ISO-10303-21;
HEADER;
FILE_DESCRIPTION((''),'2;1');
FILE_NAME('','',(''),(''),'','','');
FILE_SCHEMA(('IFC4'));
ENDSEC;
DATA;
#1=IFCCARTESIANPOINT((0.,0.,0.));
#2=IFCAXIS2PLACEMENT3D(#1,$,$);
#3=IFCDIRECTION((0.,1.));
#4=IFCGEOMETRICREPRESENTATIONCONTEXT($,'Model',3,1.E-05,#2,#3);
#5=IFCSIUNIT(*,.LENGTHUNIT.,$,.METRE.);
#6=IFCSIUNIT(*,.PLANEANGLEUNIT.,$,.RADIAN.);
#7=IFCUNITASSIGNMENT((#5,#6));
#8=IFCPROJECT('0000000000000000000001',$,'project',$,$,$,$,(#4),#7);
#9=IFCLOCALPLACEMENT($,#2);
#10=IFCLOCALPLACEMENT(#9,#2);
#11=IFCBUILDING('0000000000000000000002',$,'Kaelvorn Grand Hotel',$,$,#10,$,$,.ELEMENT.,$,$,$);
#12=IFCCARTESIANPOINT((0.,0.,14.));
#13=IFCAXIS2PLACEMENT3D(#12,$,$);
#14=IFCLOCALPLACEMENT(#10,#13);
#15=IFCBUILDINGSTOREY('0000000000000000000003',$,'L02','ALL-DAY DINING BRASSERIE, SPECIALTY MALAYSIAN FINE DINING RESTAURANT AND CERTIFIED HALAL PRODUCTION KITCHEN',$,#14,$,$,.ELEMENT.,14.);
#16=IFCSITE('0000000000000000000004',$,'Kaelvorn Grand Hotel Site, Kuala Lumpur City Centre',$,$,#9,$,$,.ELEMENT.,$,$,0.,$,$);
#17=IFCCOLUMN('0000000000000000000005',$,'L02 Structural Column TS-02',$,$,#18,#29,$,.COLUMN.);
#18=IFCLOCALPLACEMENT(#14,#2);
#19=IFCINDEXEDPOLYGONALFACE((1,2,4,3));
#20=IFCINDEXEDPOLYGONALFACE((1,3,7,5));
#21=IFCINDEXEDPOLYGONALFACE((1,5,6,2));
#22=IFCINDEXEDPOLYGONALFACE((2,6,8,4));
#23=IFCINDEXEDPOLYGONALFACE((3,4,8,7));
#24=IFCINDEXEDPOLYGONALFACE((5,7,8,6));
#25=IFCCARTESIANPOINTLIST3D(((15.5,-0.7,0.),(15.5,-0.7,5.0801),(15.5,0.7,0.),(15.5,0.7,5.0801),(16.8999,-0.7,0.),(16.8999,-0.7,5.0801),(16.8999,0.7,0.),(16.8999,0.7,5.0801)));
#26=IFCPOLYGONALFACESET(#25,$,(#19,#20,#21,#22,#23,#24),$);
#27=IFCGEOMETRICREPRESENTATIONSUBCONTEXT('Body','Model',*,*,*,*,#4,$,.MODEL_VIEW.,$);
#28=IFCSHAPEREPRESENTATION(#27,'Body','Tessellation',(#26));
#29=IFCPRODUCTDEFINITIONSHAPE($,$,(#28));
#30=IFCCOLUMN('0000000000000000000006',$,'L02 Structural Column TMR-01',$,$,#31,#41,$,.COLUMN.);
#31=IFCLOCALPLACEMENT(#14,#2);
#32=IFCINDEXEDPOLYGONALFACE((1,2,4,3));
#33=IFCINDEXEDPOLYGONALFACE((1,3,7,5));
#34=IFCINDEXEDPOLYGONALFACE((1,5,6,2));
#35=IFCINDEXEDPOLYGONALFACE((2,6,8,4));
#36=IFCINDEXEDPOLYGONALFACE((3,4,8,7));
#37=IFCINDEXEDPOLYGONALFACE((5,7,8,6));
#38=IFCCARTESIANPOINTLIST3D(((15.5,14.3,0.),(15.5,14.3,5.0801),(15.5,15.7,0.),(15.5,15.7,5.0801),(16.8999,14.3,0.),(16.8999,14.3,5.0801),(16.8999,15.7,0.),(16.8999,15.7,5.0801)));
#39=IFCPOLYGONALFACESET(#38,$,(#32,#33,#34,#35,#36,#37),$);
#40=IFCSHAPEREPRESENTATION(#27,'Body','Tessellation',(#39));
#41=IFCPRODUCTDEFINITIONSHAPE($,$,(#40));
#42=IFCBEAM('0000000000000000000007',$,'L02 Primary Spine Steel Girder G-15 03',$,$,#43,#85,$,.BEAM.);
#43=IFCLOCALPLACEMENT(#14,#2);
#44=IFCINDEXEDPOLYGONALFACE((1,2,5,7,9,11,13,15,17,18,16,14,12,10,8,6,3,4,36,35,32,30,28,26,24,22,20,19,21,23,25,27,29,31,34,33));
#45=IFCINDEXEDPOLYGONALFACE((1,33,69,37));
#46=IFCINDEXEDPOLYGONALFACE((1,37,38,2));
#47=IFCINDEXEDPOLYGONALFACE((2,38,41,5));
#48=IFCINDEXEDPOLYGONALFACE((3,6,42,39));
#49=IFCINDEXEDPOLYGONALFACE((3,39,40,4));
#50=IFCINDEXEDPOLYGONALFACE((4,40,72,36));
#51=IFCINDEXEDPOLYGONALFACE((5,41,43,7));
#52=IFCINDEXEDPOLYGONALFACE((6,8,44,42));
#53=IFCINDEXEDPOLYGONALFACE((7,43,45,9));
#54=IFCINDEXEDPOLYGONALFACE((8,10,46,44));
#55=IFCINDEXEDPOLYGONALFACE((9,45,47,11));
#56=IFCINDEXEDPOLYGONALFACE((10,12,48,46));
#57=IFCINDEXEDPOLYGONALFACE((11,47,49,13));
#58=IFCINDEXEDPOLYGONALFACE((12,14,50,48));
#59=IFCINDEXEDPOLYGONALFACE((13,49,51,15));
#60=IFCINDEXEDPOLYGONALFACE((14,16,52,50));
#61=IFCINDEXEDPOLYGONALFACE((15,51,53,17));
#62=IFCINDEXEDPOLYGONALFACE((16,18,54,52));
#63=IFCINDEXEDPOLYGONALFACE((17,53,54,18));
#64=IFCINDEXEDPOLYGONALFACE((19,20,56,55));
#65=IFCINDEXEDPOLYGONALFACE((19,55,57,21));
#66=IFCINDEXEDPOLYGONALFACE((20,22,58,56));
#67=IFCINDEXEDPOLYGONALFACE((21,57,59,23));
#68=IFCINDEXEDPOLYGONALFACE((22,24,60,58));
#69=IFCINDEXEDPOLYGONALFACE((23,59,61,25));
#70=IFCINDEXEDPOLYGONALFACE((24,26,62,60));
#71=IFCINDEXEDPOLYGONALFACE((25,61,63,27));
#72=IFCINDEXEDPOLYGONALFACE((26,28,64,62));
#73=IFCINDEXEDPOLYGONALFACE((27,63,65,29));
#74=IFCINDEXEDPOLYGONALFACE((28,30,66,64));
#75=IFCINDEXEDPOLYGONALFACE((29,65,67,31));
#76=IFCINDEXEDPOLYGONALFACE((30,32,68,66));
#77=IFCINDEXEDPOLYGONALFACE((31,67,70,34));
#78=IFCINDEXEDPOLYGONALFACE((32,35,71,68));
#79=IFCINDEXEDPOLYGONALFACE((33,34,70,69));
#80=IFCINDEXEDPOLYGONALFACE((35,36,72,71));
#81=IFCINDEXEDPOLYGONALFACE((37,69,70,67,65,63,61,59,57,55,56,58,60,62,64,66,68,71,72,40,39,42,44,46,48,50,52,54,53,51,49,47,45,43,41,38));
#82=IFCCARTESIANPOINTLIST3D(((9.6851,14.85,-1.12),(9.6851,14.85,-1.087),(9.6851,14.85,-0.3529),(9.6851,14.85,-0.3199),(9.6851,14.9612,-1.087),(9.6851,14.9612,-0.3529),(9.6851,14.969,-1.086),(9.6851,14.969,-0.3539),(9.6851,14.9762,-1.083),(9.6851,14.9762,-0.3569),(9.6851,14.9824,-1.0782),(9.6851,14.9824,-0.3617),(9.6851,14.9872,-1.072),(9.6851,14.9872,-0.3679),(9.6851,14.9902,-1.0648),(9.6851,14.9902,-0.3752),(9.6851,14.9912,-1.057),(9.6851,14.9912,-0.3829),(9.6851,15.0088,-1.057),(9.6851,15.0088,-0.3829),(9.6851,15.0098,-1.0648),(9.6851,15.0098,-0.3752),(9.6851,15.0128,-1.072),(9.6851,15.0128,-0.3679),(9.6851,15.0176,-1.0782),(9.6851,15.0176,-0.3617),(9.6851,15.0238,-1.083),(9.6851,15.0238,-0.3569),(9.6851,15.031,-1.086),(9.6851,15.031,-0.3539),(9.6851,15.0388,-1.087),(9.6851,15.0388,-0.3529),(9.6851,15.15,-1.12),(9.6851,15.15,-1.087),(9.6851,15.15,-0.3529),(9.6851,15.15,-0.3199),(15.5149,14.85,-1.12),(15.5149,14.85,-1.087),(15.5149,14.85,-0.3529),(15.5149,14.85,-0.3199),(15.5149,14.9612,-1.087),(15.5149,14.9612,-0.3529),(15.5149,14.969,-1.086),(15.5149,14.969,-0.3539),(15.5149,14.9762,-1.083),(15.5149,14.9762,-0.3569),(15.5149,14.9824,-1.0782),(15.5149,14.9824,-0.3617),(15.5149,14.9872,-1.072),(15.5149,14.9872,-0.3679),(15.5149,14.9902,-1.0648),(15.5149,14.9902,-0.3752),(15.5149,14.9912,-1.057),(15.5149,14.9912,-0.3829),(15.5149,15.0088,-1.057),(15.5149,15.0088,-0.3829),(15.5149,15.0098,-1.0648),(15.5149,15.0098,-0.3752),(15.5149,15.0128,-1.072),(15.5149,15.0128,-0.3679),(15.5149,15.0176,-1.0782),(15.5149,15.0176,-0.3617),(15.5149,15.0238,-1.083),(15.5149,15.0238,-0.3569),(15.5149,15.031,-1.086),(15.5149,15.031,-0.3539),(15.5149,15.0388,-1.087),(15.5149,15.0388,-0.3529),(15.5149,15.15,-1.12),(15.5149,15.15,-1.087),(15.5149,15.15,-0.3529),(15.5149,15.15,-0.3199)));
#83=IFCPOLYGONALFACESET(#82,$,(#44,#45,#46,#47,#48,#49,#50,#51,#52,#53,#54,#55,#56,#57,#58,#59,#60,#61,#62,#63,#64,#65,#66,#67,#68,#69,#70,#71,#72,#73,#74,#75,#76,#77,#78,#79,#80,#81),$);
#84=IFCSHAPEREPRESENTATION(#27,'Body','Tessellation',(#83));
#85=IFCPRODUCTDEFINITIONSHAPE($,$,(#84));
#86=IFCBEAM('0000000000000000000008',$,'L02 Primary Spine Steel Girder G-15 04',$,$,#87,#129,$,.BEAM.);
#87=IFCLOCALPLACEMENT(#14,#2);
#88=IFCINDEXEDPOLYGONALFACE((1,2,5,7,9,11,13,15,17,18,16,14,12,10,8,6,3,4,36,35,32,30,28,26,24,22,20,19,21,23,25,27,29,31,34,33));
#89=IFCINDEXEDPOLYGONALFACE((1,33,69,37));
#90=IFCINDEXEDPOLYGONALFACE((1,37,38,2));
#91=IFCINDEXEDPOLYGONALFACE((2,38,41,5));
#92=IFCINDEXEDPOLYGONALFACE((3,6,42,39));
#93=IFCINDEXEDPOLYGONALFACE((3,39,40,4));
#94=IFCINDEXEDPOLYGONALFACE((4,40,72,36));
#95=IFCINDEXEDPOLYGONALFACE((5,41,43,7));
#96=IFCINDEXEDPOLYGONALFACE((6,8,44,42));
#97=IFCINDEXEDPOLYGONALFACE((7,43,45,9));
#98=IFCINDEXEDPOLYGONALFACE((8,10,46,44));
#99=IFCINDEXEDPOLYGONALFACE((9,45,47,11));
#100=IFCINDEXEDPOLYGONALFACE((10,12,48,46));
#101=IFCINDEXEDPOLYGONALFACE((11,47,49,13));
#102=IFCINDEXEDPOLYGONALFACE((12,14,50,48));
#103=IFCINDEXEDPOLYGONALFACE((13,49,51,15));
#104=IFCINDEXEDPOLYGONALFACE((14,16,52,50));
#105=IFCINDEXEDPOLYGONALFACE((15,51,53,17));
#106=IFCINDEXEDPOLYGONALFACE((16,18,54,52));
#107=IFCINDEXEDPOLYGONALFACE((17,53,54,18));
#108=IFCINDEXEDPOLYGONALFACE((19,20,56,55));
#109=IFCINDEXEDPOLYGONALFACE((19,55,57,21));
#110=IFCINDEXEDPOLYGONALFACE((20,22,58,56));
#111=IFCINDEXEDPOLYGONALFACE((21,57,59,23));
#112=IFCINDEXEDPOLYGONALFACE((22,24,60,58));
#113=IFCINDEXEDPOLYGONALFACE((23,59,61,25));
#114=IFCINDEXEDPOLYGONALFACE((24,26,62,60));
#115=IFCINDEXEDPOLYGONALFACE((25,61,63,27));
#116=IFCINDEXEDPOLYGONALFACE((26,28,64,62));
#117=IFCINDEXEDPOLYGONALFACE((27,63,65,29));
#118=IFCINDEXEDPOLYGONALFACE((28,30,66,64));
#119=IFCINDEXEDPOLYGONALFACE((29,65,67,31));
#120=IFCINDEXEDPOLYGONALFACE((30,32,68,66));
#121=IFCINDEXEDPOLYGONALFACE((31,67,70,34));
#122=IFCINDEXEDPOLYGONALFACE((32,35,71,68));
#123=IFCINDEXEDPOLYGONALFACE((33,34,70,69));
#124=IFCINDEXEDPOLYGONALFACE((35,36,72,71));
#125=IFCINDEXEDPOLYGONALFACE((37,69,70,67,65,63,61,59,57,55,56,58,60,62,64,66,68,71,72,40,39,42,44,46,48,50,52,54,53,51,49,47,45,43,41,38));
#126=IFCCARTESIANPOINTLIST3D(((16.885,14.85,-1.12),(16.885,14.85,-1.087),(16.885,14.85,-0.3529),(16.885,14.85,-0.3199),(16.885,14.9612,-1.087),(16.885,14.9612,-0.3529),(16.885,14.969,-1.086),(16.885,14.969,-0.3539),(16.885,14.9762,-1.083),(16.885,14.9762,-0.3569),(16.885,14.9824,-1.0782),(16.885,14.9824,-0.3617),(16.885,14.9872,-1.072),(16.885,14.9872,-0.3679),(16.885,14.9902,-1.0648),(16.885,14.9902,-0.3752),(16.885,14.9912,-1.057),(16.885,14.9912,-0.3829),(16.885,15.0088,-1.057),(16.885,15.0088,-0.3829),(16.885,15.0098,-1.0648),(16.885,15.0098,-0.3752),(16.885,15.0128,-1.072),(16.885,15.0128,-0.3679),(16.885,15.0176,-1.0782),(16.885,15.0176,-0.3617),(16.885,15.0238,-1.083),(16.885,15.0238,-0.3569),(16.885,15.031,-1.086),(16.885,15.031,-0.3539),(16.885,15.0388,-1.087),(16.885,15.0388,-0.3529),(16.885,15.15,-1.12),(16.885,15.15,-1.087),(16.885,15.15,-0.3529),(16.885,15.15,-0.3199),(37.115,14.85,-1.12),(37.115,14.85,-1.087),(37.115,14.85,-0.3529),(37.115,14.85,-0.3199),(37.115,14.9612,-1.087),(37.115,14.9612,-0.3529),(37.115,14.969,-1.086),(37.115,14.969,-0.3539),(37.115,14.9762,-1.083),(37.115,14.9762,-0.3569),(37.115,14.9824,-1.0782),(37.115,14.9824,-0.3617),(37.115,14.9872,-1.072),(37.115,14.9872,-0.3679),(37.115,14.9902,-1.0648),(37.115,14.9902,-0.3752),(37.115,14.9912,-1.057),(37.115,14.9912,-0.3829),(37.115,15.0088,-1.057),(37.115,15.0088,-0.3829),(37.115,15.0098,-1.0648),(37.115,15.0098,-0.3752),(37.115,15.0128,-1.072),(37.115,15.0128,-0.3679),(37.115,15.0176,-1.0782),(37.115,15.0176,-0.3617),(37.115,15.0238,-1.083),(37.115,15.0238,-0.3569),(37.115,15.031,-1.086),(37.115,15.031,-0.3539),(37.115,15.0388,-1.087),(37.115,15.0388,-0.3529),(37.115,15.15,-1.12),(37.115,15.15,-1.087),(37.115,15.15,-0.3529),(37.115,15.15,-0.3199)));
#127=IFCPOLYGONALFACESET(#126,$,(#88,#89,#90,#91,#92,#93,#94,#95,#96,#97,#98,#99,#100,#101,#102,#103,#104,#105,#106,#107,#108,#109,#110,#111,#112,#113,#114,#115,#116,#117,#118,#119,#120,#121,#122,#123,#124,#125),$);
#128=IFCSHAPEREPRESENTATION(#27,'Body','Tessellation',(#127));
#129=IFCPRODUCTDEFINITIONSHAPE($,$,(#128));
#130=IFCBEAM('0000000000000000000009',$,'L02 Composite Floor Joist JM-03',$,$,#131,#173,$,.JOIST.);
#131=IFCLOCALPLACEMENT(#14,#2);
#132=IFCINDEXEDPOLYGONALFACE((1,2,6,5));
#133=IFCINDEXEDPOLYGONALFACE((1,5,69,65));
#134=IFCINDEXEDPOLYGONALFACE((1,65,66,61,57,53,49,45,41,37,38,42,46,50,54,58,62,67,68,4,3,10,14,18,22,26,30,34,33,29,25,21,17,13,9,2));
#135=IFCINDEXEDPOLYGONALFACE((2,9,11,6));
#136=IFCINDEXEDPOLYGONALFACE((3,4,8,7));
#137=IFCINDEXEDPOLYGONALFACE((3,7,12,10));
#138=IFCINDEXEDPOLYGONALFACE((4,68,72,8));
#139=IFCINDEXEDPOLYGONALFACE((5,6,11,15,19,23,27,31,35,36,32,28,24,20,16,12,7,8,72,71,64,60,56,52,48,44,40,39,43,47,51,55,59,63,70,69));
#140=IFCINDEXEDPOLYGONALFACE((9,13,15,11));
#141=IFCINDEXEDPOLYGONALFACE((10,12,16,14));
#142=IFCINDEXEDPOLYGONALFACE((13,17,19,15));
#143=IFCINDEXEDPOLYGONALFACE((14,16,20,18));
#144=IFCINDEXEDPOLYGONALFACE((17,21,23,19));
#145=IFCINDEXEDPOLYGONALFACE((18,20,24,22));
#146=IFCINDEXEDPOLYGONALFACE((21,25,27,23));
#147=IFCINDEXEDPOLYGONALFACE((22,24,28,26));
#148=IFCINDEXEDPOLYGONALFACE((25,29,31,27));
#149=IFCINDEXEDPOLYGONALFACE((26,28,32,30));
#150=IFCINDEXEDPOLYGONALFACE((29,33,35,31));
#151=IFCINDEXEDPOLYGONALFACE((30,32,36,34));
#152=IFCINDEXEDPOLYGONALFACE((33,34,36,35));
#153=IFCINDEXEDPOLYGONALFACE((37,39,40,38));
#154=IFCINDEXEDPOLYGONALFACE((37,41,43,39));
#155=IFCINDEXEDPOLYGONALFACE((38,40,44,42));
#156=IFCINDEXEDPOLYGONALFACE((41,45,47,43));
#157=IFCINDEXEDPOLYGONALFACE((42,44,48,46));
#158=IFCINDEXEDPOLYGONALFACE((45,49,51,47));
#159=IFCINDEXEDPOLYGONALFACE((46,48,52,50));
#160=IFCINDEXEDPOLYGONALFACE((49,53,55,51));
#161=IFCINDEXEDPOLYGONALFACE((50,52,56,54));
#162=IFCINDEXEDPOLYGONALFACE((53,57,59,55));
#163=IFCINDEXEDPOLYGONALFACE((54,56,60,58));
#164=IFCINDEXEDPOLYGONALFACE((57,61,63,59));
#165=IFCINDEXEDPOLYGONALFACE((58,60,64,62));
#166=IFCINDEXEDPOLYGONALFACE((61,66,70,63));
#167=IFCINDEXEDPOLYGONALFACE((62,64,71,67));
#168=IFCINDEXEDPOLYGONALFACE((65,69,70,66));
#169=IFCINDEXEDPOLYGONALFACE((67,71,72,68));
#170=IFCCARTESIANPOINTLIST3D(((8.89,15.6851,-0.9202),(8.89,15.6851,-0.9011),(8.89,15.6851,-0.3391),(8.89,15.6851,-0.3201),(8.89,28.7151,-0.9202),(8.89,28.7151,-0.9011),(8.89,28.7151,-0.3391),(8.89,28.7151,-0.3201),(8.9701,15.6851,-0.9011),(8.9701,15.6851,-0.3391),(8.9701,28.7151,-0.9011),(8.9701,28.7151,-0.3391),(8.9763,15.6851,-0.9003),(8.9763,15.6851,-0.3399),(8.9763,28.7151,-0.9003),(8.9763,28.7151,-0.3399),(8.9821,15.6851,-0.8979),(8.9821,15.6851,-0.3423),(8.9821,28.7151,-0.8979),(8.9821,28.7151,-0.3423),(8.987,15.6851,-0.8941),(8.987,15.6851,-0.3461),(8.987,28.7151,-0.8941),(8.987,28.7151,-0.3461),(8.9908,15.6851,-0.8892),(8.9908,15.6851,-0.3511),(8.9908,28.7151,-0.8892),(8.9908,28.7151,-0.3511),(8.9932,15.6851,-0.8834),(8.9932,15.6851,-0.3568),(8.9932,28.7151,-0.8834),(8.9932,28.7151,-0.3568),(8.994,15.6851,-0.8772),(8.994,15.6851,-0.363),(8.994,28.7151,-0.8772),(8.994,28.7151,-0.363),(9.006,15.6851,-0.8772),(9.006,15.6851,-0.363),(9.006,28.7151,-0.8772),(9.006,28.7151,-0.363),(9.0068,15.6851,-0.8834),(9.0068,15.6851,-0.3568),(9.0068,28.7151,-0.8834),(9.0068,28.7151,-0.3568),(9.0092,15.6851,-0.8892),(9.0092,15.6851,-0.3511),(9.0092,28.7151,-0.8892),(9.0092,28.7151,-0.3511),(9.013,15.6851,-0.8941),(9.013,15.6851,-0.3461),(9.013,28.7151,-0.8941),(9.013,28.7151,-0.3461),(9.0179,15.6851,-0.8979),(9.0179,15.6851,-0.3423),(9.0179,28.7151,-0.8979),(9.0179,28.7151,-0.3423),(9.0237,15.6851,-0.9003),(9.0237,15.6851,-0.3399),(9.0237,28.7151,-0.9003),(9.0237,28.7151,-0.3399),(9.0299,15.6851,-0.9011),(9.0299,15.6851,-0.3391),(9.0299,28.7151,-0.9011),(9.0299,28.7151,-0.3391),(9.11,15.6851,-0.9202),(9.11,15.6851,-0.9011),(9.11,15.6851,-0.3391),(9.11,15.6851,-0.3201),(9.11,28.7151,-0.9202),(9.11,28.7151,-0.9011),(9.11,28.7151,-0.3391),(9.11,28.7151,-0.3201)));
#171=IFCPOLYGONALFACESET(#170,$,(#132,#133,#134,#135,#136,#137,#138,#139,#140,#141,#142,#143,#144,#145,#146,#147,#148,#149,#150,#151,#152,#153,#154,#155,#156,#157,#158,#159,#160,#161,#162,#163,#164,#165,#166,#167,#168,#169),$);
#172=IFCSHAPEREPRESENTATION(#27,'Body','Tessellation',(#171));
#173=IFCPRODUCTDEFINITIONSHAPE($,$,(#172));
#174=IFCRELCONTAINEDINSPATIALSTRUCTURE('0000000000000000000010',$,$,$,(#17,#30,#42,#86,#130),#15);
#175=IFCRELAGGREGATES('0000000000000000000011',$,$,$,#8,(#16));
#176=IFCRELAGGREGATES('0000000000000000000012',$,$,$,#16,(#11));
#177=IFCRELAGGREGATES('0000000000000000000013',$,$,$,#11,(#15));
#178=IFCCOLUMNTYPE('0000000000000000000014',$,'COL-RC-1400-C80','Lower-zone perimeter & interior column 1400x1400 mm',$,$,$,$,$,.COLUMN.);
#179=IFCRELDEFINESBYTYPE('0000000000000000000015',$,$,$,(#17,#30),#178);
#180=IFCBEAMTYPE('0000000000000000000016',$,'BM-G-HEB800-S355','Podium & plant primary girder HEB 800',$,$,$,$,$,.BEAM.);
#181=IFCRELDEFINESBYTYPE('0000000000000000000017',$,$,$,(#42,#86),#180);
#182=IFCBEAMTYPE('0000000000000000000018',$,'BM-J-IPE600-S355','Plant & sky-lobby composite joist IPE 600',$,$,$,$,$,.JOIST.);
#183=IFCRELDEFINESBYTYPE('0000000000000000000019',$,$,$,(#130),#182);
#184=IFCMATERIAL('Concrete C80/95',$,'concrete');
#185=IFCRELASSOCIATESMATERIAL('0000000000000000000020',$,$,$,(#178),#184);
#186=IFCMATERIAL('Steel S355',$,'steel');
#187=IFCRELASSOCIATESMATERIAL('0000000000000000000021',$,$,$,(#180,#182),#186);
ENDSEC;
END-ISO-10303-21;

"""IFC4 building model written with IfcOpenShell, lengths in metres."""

from ifc_helpers import new_model, si_unit, direction, frame, origin, origin_2d, place, context, subcontext, project, spatial, rectangle, i_section, extrude, material, material_profile, profile_set, type_object, element, save


model = new_model("IFC4")

# Units and contexts
model_context = context("Model", 3, precision=1e-05, world=origin(), true_north=direction((0.0, 1.0)))
body_context = subcontext(model_context, "Body", "Model", "MODEL_VIEW")
ifc_project = project(units=[si_unit("LENGTHUNIT", "METRE"), si_unit("PLANEANGLEUNIT", "RADIAN")], contexts=[model_context])

# Site, building, storey
site_placement = place(None, origin())
site = spatial("IfcSite", under=ifc_project, at=site_placement, Name="Kaelvorn Grand Hotel Site, Kuala Lumpur City Centre", CompositionType="ELEMENT", RefElevation=0.0)
building_placement = place(site_placement, origin())
building = spatial("IfcBuilding", under=site, at=building_placement, Name="Kaelvorn Grand Hotel", CompositionType="ELEMENT")
storey_placement = place(building_placement, frame((0.0, 0.0, 14.0)))
storey = spatial("IfcBuildingStorey", under=building, at=storey_placement, Name="L02", Description="ALL-DAY DINING BRASSERIE, SPECIALTY MALAYSIAN FINE DINING RESTAURANT AND CERTIFIED HALAL PRODUCTION KITCHEN", CompositionType="ELEMENT", Elevation=14.0)

# Columns
ifc_material_1 = material(Name="Concrete C80/95", Category="concrete")
ifc_material_profile_1 = material_profile(ifc_material_1, rectangle(XDim=1.3999, YDim=1.3999, at=origin_2d()), Name="RC COL 1400x1400")
ifc_profile_set_1 = profile_set([ifc_material_profile_1], Name="Concrete C80/95")
column_type = type_object("IfcColumnType", Name="COL-RC-1400-C80", Description="Lower-zone perimeter & interior column 1400x1400 mm", PredefinedType="COLUMN", material=ifc_profile_set_1)
for number, where, z_axis, x_axis, name in (
    (1, (16.2, 0.0, 0.0), (0.0, 0.0, 1.0), (1.0, 0.0, 0.0), "L02 Structural Column TS-02"),
    (2, (16.2, 15.0, 0.0), (0.0, 0.0, 1.0), (1.0, 0.0, 0.0), "L02 Structural Column TMR-01"),
):
    element("IfcColumn", number, at=place(storey_placement, frame(where, z_axis=z_axis, x_axis=x_axis)), inside=storey, type_object=column_type, Name=name, PredefinedType="COLUMN", context=body_context, shape_type="SweptSolid", body=[
        extrude(rectangle(XDim=1.3999, YDim=1.3999, at=origin_2d()), origin(), (0.0, 0.0, 1.0), 5.0801),
    ])

# Beams
ifc_material_2 = material(Name="Steel S355", Category="steel")
ifc_material_profile_2 = material_profile(ifc_material_2, i_section(OverallWidth=0.3, OverallDepth=0.8, WebThickness=0.0176, FlangeThickness=0.033, FilletRadius=0.03, at=origin_2d()), Name="HEB 800")
ifc_profile_set_2 = profile_set([ifc_material_profile_2], Name="Steel S355")
beam_type_1 = type_object("IfcBeamType", Name="BM-G-HEB800-S355", Description="Podium & plant primary girder HEB 800", PredefinedType="BEAM", material=ifc_profile_set_2)
beam_1_placement = place(storey_placement, frame((9.6851, 15.0, -0.72), z_axis=(1.0, 0.0, 0.0), x_axis=(0.0, 1.0, 0.0)))
element("IfcBeam", 3, at=beam_1_placement, inside=storey, type_object=beam_type_1, Name="L02 Primary Spine Steel Girder G-15 03", PredefinedType="BEAM", context=body_context, shape_type="SweptSolid", body=[
    extrude(i_section(OverallWidth=0.3, OverallDepth=0.8, WebThickness=0.0176, FlangeThickness=0.033, FilletRadius=0.03, at=origin_2d()), origin(), (0.0, 0.0, 1.0), 5.8298),
])
beam_2_placement = place(storey_placement, frame((16.885, 15.0, -0.72), z_axis=(1.0, 0.0, 0.0), x_axis=(0.0, 1.0, 0.0)))
element("IfcBeam", 4, at=beam_2_placement, inside=storey, type_object=beam_type_1, Name="L02 Primary Spine Steel Girder G-15 04", PredefinedType="BEAM", context=body_context, shape_type="SweptSolid", body=[
    extrude(i_section(OverallWidth=0.3, OverallDepth=0.8, WebThickness=0.0176, FlangeThickness=0.033, FilletRadius=0.03, at=origin_2d()), origin(), (0.0, 0.0, 1.0), 20.23),
])
ifc_material_profile_3 = material_profile(ifc_material_2, i_section(OverallWidth=0.22, OverallDepth=0.6001, WebThickness=0.012, FlangeThickness=0.019, FilletRadius=0.0239, at=origin_2d()), Name="IPE 600")
ifc_profile_set_3 = profile_set([ifc_material_profile_3], Name="Steel S355")
beam_type_2 = type_object("IfcBeamType", Name="BM-J-IPE600-S355", Description="Plant & sky-lobby composite joist IPE 600", PredefinedType="JOIST", material=ifc_profile_set_3)
beam_3_placement = place(storey_placement, frame((9.0, 15.6851, -0.6201), z_axis=(0.0, 1.0, 0.0), x_axis=(-1.0, 0.0, 0.0)))
element("IfcBeam", 5, at=beam_3_placement, inside=storey, type_object=beam_type_2, Name="L02 Composite Floor Joist JM-03", PredefinedType="JOIST", context=body_context, shape_type="SweptSolid", body=[
    extrude(i_section(OverallWidth=0.22, OverallDepth=0.6001, WebThickness=0.012, FlangeThickness=0.019, FilletRadius=0.0239, at=origin_2d()), origin(), (0.0, 0.0, 1.0), 13.03),
])

save(model, "model.ifc")
